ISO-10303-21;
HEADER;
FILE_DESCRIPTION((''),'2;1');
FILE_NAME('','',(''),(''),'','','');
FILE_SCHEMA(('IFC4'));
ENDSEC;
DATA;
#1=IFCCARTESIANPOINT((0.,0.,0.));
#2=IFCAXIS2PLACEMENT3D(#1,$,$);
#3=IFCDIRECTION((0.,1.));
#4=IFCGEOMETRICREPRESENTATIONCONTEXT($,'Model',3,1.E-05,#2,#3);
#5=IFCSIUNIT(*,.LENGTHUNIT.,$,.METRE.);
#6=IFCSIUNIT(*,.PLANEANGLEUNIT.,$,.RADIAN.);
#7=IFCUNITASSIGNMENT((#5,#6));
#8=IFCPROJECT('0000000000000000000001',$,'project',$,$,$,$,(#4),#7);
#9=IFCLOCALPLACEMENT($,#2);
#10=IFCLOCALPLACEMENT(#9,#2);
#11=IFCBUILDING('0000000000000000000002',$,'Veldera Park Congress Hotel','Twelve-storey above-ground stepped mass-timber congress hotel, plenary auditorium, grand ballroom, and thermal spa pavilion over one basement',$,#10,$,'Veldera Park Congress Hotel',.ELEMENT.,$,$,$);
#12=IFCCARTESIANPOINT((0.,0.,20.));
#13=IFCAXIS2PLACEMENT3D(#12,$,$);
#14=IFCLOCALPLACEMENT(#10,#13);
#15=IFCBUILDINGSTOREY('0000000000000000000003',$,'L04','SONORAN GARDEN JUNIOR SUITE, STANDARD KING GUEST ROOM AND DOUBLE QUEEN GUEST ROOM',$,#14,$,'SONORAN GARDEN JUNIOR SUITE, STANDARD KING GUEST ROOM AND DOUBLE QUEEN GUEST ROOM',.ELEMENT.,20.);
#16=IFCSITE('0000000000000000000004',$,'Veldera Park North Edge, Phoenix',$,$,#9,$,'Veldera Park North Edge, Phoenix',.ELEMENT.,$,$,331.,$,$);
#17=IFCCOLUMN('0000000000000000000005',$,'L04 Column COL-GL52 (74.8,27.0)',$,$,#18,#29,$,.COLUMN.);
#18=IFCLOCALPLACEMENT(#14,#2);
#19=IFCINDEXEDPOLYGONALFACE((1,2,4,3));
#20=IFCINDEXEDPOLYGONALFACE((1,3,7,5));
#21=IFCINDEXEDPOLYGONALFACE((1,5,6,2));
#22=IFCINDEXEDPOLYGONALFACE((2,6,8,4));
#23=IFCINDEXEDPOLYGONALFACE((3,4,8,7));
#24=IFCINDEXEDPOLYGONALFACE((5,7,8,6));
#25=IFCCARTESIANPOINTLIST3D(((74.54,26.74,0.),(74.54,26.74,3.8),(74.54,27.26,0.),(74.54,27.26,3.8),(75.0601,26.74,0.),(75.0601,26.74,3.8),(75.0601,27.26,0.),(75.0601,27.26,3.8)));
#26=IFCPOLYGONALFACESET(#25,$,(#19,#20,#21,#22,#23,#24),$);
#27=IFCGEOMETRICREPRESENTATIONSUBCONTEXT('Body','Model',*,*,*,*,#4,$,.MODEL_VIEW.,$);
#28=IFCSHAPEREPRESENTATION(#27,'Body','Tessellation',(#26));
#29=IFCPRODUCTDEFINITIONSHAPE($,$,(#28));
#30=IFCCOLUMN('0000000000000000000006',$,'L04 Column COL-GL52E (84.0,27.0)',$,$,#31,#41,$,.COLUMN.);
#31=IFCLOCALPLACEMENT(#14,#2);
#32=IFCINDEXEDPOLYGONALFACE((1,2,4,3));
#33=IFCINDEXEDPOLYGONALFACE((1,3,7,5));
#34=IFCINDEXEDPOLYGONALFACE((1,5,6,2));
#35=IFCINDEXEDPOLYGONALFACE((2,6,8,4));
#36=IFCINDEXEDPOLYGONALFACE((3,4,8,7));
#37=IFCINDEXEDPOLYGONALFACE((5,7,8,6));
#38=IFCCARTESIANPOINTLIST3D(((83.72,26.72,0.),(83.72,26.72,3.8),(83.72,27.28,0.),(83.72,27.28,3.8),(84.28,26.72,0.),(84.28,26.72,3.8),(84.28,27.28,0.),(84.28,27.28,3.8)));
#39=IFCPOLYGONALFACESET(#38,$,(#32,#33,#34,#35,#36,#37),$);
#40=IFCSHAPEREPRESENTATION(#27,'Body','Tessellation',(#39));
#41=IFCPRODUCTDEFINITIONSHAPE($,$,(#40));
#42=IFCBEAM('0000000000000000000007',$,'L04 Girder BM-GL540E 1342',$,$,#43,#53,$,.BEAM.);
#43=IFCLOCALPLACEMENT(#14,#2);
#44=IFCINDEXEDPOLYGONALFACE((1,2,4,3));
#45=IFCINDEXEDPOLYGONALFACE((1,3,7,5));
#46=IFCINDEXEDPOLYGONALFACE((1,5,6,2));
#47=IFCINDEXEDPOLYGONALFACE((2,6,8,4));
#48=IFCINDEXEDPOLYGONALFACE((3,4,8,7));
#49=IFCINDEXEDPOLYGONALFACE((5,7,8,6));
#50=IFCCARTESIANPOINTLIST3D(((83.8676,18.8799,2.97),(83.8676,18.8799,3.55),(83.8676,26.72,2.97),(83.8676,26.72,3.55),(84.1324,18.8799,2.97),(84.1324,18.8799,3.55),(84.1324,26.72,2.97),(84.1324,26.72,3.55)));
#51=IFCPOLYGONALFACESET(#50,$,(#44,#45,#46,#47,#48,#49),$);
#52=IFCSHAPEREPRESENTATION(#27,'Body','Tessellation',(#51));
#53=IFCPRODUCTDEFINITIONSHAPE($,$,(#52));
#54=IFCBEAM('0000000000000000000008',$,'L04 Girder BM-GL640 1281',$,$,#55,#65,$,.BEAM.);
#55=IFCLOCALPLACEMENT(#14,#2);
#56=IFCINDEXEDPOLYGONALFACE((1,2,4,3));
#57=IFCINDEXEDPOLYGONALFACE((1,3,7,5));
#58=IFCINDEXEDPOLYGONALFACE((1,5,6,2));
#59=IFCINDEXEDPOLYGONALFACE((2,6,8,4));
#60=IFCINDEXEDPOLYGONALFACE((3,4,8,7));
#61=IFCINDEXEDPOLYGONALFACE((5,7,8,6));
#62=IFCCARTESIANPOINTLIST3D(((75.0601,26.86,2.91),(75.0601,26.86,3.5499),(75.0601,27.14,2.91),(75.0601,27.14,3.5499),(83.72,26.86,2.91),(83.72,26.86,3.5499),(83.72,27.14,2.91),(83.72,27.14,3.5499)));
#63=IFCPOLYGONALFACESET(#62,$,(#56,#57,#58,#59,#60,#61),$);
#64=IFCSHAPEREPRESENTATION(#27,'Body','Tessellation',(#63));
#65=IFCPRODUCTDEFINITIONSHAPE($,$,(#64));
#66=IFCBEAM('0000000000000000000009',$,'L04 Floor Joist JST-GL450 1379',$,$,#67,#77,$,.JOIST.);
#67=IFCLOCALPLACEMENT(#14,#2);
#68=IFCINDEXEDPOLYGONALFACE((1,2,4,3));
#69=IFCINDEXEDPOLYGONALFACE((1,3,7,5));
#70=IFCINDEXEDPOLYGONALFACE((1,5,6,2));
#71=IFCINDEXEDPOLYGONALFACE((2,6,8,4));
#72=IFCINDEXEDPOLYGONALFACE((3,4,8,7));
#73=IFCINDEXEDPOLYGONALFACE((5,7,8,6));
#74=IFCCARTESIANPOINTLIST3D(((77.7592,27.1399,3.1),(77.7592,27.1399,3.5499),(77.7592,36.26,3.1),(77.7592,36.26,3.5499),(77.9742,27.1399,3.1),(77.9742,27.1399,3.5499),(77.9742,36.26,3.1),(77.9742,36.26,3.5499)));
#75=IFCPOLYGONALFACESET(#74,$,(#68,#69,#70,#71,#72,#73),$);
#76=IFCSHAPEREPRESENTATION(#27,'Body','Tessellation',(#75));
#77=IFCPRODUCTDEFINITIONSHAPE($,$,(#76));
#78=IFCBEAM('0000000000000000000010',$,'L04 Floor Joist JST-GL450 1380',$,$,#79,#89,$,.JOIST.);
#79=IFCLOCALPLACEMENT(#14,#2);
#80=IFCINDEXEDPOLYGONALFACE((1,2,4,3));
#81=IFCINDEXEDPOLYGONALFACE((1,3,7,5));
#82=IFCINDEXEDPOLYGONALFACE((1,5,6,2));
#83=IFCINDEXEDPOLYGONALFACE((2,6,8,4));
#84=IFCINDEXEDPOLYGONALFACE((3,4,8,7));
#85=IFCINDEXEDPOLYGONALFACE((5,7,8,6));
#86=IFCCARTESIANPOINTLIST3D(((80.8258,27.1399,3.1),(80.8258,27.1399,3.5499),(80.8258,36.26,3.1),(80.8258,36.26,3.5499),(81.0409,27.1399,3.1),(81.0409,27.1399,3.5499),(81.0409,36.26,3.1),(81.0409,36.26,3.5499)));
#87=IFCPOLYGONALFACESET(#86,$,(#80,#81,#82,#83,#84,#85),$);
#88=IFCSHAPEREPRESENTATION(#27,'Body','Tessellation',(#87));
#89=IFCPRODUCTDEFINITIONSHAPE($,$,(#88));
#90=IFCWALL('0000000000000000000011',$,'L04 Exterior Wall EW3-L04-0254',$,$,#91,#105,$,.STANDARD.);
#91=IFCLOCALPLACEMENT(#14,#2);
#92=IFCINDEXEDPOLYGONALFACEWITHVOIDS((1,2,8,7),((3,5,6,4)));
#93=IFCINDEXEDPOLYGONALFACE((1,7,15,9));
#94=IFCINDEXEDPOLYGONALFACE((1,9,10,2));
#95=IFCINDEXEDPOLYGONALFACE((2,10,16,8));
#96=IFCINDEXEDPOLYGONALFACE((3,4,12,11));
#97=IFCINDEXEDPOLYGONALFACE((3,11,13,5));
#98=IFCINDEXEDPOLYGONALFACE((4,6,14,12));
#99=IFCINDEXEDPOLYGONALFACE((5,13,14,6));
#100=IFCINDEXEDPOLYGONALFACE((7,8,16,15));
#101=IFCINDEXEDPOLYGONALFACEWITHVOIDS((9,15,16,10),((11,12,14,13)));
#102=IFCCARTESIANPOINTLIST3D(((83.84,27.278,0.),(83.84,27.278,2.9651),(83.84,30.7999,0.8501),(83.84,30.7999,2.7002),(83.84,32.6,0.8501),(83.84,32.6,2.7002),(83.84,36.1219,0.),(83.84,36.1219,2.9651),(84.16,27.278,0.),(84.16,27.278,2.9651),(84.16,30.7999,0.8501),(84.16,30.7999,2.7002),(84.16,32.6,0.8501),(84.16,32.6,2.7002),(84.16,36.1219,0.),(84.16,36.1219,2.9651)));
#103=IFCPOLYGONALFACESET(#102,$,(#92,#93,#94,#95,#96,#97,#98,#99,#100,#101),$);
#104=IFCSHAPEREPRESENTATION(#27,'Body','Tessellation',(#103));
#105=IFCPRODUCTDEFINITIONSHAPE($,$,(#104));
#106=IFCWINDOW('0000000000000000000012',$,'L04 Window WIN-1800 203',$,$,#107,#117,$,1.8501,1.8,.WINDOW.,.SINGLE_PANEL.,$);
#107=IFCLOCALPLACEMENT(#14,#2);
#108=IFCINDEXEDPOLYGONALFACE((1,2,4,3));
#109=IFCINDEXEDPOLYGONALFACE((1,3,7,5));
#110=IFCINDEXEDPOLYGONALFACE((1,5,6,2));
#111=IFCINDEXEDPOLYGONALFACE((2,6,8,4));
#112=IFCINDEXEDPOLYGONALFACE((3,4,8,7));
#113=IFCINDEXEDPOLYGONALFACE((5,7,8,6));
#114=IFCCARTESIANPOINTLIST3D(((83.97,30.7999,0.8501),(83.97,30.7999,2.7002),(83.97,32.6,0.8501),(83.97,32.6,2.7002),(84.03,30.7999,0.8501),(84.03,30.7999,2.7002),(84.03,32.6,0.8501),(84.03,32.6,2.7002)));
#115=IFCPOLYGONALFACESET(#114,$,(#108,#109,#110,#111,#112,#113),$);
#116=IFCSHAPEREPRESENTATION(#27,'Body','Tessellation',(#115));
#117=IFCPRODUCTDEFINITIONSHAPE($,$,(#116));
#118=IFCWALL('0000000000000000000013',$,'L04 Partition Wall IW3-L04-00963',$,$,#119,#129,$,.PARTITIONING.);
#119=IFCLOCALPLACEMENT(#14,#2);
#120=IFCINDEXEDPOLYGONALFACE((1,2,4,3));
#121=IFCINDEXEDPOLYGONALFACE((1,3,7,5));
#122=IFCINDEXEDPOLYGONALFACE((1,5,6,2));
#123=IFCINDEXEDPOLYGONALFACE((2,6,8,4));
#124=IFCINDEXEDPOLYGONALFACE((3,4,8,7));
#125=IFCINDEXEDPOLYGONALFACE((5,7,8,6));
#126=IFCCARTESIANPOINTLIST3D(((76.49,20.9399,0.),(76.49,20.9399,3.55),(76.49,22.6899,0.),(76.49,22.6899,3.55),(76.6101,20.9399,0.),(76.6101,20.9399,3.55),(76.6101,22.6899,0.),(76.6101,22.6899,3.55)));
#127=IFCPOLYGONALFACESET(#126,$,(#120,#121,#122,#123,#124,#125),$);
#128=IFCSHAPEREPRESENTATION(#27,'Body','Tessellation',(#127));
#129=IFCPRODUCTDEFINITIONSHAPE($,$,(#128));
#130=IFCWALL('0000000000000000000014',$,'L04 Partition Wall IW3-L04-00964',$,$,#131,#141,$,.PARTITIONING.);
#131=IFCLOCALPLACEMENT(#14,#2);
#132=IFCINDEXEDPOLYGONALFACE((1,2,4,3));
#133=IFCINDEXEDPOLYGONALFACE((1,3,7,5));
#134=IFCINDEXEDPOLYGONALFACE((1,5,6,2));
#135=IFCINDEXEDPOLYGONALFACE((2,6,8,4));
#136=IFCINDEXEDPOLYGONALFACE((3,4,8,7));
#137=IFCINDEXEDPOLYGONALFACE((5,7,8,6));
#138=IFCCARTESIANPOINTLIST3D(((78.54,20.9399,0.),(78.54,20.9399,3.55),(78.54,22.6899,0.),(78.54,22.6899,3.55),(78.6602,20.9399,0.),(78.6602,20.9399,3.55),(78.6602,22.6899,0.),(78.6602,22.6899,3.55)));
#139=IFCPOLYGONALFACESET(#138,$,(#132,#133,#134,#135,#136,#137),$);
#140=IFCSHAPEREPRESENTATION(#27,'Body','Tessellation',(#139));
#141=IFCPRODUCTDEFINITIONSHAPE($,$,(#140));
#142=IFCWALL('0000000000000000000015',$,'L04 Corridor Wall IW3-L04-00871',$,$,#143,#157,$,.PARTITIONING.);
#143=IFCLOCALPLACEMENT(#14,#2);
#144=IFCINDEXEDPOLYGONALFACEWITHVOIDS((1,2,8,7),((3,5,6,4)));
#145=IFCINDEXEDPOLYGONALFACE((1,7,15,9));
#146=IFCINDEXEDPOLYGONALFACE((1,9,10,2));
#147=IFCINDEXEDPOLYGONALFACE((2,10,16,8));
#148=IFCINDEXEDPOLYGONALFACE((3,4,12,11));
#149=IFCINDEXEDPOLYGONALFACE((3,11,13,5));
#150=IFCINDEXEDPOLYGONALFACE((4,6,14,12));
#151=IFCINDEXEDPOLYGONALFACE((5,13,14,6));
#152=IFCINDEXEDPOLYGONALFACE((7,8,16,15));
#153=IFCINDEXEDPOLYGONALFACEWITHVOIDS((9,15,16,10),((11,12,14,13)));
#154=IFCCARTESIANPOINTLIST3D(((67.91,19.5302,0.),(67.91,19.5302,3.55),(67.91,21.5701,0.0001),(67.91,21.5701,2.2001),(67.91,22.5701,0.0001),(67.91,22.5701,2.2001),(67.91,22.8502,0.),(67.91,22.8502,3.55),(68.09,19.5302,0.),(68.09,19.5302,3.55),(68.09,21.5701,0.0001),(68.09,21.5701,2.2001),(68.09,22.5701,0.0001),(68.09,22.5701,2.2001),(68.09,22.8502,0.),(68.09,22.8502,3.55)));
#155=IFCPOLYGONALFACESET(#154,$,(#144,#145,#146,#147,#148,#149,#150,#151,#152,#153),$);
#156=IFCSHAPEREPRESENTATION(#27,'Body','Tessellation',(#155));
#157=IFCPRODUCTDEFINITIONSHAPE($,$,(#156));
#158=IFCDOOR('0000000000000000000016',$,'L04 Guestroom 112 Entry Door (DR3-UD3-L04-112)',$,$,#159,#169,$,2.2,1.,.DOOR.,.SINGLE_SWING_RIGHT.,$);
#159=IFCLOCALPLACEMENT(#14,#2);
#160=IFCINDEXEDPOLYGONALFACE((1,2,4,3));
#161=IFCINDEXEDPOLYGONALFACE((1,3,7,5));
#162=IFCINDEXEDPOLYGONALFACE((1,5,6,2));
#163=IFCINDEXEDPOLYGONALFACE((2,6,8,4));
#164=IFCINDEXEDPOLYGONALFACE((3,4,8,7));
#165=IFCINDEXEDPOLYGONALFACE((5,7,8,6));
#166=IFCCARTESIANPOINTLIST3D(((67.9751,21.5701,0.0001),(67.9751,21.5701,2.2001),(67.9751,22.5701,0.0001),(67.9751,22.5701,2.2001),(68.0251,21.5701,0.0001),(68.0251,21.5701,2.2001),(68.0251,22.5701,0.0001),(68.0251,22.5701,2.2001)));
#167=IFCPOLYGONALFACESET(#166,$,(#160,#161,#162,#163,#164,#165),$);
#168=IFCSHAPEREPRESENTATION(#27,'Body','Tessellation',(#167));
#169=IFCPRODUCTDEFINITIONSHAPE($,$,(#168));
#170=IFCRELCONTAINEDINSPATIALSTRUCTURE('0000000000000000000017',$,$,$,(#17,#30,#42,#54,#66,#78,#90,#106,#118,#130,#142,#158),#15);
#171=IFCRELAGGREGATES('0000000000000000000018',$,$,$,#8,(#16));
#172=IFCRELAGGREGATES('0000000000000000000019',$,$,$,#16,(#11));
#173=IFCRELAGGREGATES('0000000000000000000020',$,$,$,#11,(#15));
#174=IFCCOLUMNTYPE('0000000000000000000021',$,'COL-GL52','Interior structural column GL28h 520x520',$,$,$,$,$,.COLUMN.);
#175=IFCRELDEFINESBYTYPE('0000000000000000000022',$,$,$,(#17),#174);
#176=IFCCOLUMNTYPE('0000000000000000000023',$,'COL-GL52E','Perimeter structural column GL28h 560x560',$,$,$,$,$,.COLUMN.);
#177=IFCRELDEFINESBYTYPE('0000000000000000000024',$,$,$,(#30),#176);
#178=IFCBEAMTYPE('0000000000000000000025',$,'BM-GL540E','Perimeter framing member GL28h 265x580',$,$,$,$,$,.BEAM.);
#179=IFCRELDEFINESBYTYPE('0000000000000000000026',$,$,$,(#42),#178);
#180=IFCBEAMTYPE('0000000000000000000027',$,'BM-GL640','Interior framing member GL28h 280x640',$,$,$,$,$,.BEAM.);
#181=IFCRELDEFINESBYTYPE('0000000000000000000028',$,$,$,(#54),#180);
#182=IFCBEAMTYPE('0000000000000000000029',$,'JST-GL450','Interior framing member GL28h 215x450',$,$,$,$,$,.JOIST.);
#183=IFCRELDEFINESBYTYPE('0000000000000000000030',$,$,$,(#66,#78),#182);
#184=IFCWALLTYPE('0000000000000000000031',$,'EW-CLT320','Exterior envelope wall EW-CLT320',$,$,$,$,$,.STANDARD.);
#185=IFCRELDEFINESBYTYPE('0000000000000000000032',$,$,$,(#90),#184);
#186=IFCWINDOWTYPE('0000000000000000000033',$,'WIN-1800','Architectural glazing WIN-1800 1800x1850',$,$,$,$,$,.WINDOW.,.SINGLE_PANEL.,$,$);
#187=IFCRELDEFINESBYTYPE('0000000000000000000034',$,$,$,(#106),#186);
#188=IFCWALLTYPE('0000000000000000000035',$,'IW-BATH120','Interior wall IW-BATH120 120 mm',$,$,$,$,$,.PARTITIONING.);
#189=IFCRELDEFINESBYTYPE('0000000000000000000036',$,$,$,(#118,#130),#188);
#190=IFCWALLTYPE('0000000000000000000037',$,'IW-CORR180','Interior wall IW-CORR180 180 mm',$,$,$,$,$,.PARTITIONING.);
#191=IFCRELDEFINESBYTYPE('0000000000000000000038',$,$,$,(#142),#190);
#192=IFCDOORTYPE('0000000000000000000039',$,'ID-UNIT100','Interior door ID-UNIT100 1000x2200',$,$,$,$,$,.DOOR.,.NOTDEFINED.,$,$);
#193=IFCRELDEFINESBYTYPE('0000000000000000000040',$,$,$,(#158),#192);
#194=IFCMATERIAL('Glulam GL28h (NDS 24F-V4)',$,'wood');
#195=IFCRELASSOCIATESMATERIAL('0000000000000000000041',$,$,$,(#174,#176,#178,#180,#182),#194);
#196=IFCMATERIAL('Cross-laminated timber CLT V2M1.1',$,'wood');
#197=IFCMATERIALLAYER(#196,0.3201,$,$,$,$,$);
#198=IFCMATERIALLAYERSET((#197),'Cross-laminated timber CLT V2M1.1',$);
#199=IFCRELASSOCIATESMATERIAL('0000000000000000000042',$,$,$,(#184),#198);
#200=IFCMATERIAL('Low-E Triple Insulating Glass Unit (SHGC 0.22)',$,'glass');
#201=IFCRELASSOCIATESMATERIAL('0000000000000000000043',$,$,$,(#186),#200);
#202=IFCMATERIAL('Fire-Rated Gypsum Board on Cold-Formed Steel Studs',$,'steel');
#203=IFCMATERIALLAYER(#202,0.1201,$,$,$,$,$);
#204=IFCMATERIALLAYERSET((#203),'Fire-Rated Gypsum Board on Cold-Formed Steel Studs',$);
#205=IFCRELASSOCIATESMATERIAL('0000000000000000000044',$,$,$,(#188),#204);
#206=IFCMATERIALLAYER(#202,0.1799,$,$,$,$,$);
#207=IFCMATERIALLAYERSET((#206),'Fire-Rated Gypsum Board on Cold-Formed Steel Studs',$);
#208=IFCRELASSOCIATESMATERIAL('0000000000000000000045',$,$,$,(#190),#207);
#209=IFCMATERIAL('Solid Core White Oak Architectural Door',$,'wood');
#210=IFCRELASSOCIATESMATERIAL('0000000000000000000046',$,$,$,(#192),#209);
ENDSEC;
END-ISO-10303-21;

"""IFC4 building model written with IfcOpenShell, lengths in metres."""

from ifc_helpers import new_model, si_unit, direction, frame, frame_2d, origin, origin_2d, place, context, subcontext, project, spatial, rectangle, extrude, material, layer, layer_set, material_profile, profile_set, type_object, element, fill, save


model = new_model("IFC4")

# Units and contexts
model_context = context("Model", 3, precision=1e-05, world=origin(), true_north=direction((0.0, 1.0)))
body_context = subcontext(model_context, "Body", "Model", "MODEL_VIEW")
ifc_project = project(units=[si_unit("LENGTHUNIT", "METRE"), si_unit("PLANEANGLEUNIT", "RADIAN")], contexts=[model_context])

# Site, building, storey
site_placement = place(None, origin())
site = spatial("IfcSite", under=ifc_project, at=site_placement, Name="Veldera Park North Edge, Phoenix", LongName="Veldera Park North Edge, Phoenix", CompositionType="ELEMENT", RefElevation=331.0)
building_placement = place(site_placement, origin())
building = spatial("IfcBuilding", under=site, at=building_placement, Name="Veldera Park Congress Hotel", Description="Twelve-storey above-ground stepped mass-timber congress hotel, plenary auditorium, grand ballroom, and thermal spa pavilion over one basement", LongName="Veldera Park Congress Hotel", CompositionType="ELEMENT")
storey_placement = place(building_placement, frame((0.0, 0.0, 20.0)))
storey = spatial("IfcBuildingStorey", under=building, at=storey_placement, Name="L04", Description="SONORAN GARDEN JUNIOR SUITE, STANDARD KING GUEST ROOM AND DOUBLE QUEEN GUEST ROOM", LongName="SONORAN GARDEN JUNIOR SUITE, STANDARD KING GUEST ROOM AND DOUBLE QUEEN GUEST ROOM", CompositionType="ELEMENT", Elevation=20.0)

# Columns
ifc_material_1 = material(Name="Glulam GL28h (NDS 24F-V4)", Category="wood")
ifc_material_profile_1 = material_profile(ifc_material_1, rectangle(XDim=0.52, YDim=0.52, at=origin_2d()), Name="GL28h 520x520")
ifc_profile_set_1 = profile_set([ifc_material_profile_1], Name="Glulam GL28h (NDS 24F-V4)")
column_type_1 = type_object("IfcColumnType", Name="COL-GL52", Description="Interior structural column GL28h 520x520", PredefinedType="COLUMN", material=ifc_profile_set_1)
column_1_placement = place(storey_placement, frame((74.8, 27.0, 0.0), z_axis=(0.0, 0.0, 1.0), x_axis=(1.0, 0.0, 0.0)))
element("IfcColumn", 1, at=column_1_placement, inside=storey, type_object=column_type_1, Name="L04 Column COL-GL52 (74.8,27.0)", PredefinedType="COLUMN", context=body_context, shape_type="SweptSolid", body=[
    extrude(rectangle(XDim=0.52, YDim=0.52, at=origin_2d()), origin(), (0.0, 0.0, 1.0), 3.8),
])
ifc_material_profile_2 = material_profile(ifc_material_1, rectangle(XDim=0.5601, YDim=0.5601, at=origin_2d()), Name="GL28h 560x560")
ifc_profile_set_2 = profile_set([ifc_material_profile_2], Name="Glulam GL28h (NDS 24F-V4)")
column_type_2 = type_object("IfcColumnType", Name="COL-GL52E", Description="Perimeter structural column GL28h 560x560", PredefinedType="COLUMN", material=ifc_profile_set_2)
column_2_placement = place(storey_placement, frame((84.0, 27.0, 0.0), z_axis=(0.0, 0.0, 1.0), x_axis=(1.0, 0.0, 0.0)))
element("IfcColumn", 2, at=column_2_placement, inside=storey, type_object=column_type_2, Name="L04 Column COL-GL52E (84.0,27.0)", PredefinedType="COLUMN", context=body_context, shape_type="SweptSolid", body=[
    extrude(rectangle(XDim=0.5601, YDim=0.5601, at=origin_2d()), origin(), (0.0, 0.0, 1.0), 3.8),
])

# Beams
ifc_material_profile_3 = material_profile(ifc_material_1, rectangle(XDim=0.2649, YDim=0.5801, at=origin_2d()), Name="GL28h 265x580")
ifc_profile_set_3 = profile_set([ifc_material_profile_3], Name="Glulam GL28h (NDS 24F-V4)")
beam_type_1 = type_object("IfcBeamType", Name="BM-GL540E", Description="Perimeter framing member GL28h 265x580", PredefinedType="BEAM", material=ifc_profile_set_3)
beam_1_placement = place(storey_placement, frame((84.0, 18.8799, 3.26), z_axis=(0.0, 1.0, 0.0), x_axis=(-1.0, 0.0, 0.0)))
element("IfcBeam", 3, at=beam_1_placement, inside=storey, type_object=beam_type_1, Name="L04 Girder BM-GL540E 1342", PredefinedType="BEAM", context=body_context, shape_type="SweptSolid", body=[
    extrude(rectangle(XDim=0.2649, YDim=0.5801, at=origin_2d()), origin(), (0.0, 0.0, 1.0), 7.8401),
])
ifc_material_profile_4 = material_profile(ifc_material_1, rectangle(XDim=0.28, YDim=0.6399, at=origin_2d()), Name="GL28h 280x640")
ifc_profile_set_4 = profile_set([ifc_material_profile_4], Name="Glulam GL28h (NDS 24F-V4)")
beam_type_2 = type_object("IfcBeamType", Name="BM-GL640", Description="Interior framing member GL28h 280x640", PredefinedType="BEAM", material=ifc_profile_set_4)
beam_2_placement = place(storey_placement, frame((75.0601, 27.0, 3.23), z_axis=(1.0, 0.0, 0.0), x_axis=(0.0, 1.0, 0.0)))
element("IfcBeam", 4, at=beam_2_placement, inside=storey, type_object=beam_type_2, Name="L04 Girder BM-GL640 1281", PredefinedType="BEAM", context=body_context, shape_type="SweptSolid", body=[
    extrude(rectangle(XDim=0.28, YDim=0.6399, at=origin_2d()), origin(), (0.0, 0.0, 1.0), 8.6599),
])
ifc_material_profile_5 = material_profile(ifc_material_1, rectangle(XDim=0.2151, YDim=0.45, at=origin_2d()), Name="GL28h 215x450")
ifc_profile_set_5 = profile_set([ifc_material_profile_5], Name="Glulam GL28h (NDS 24F-V4)")
beam_type_3 = type_object("IfcBeamType", Name="JST-GL450", Description="Interior framing member GL28h 215x450", PredefinedType="JOIST", material=ifc_profile_set_5)
for number, where, z_axis, x_axis, name in (
    (5, (77.8667, 27.1399, 3.325), (0.0, 1.0, 0.0), (-1.0, 0.0, 0.0), "L04 Floor Joist JST-GL450 1379"),
    (6, (80.9333, 27.1399, 3.325), (0.0, 1.0, 0.0), (-1.0, 0.0, 0.0), "L04 Floor Joist JST-GL450 1380"),
):
    element("IfcBeam", number, at=place(storey_placement, frame(where, z_axis=z_axis, x_axis=x_axis)), inside=storey, type_object=beam_type_3, Name=name, PredefinedType="JOIST", context=body_context, shape_type="SweptSolid", body=[
        extrude(rectangle(XDim=0.2151, YDim=0.45, at=origin_2d()), origin(), (0.0, 0.0, 1.0), 9.1201),
    ])

# Wall, opening, window
ifc_material_2 = material(Name="Cross-laminated timber CLT V2M1.1", Category="wood")
ifc_layer_1 = layer(ifc_material_2, 0.3201)
ifc_layer_set_1 = layer_set([ifc_layer_1], Name="Cross-laminated timber CLT V2M1.1")
wall_type_1 = type_object("IfcWallType", Name="EW-CLT320", Description="Exterior envelope wall EW-CLT320", PredefinedType="STANDARD", material=ifc_layer_set_1)
wall_1_placement = place(storey_placement, frame((84.0, 27.2781, 0.0), z_axis=(0.0, 0.0, 1.0), x_axis=(0.0, 1.0, 0.0)))
wall_1 = element("IfcWall", 7, at=wall_1_placement, inside=storey, type_object=wall_type_1, Name="L04 Exterior Wall EW3-L04-0254", PredefinedType="STANDARD", context=body_context, shape_type="SweptSolid", body=[
    extrude(rectangle(XDim=8.844, YDim=0.3201, at=frame_2d((4.4219, 0.0))), origin(), (0.0, 0.0, 1.0), 2.9651),
])
opening_1_placement = place(wall_1_placement, frame((3.522, 0.0, 0.8501)))
opening_1 = element("IfcOpeningElement", 8, at=opening_1_placement, cuts=wall_1, PredefinedType="OPENING", context=body_context, shape_type="SweptSolid", body=[
    extrude(rectangle(XDim=1.8, YDim=1.8501, at=frame_2d((0.8999, 0.925))), frame((0.0, 0.1721, 0.0), z_axis=(0.0, -1.0, 0.0), x_axis=(1.0, 0.0, 0.0)), (0.0, 0.0, 1.0), 0.344),
])
ifc_material_3 = material(Name="Low-E Triple Insulating Glass Unit (SHGC 0.22)", Category="glass")
window_type = type_object("IfcWindowType", Name="WIN-1800", Description="Architectural glazing WIN-1800 1800x1850", PartitioningType="SINGLE_PANEL", PredefinedType="WINDOW", material=ifc_material_3)
window_placement = place(opening_1_placement, origin())
window = element("IfcWindow", 9, at=window_placement, inside=storey, type_object=window_type, Name="L04 Window WIN-1800 203", OverallHeight=1.8501, OverallWidth=1.8, PartitioningType="SINGLE_PANEL", PredefinedType="WINDOW", context=body_context, shape_type="SweptSolid", body=[
    extrude(rectangle(XDim=1.8, YDim=1.8501, at=frame_2d((0.8999, 0.925))), frame((0.0, 0.03, 0.0), z_axis=(0.0, -1.0, 0.0), x_axis=(1.0, 0.0, 0.0)), (0.0, 0.0, 1.0), 0.0601),
])
fill(opening_1, window)

# Shared definitions
ifc_material_4 = material(Name="Fire-Rated Gypsum Board on Cold-Formed Steel Studs", Category="steel")
ifc_layer_2 = layer(ifc_material_4, 0.1201)
ifc_layer_set_2 = layer_set([ifc_layer_2], Name="Fire-Rated Gypsum Board on Cold-Formed Steel Studs")
wall_type_2 = type_object("IfcWallType", Name="IW-BATH120", Description="Interior wall IW-BATH120 120 mm", PredefinedType="PARTITIONING", material=ifc_layer_set_2)
ifc_material_5 = material(Name="Solid Core White Oak Architectural Door", Category="wood")

# Walls
for number, where, z_axis, x_axis, name in (
    (10, (76.55, 20.9399, 0.0), (0.0, 0.0, 1.0), (0.0, 1.0, 0.0), "L04 Partition Wall IW3-L04-00963"),
    (11, (78.6001, 20.9399, 0.0), (0.0, 0.0, 1.0), (0.0, 1.0, 0.0), "L04 Partition Wall IW3-L04-00964"),
):
    element("IfcWall", number, at=place(storey_placement, frame(where, z_axis=z_axis, x_axis=x_axis)), inside=storey, type_object=wall_type_2, Name=name, PredefinedType="PARTITIONING", context=body_context, shape_type="SweptSolid", body=[
        extrude(rectangle(XDim=1.75, YDim=0.1201, at=frame_2d((0.875, 0.0))), origin(), (0.0, 0.0, 1.0), 3.55),
    ])

# Wall, opening, door
ifc_layer_3 = layer(ifc_material_4, 0.1799)
ifc_layer_set_3 = layer_set([ifc_layer_3], Name="Fire-Rated Gypsum Board on Cold-Formed Steel Studs")
wall_type_3 = type_object("IfcWallType", Name="IW-CORR180", Description="Interior wall IW-CORR180 180 mm", PredefinedType="PARTITIONING", material=ifc_layer_set_3)
wall_2_placement = place(storey_placement, frame((68.0, 19.53, 0.0), z_axis=(0.0, 0.0, 1.0), x_axis=(0.0, 1.0, 0.0)))
wall_2 = element("IfcWall", 12, at=wall_2_placement, inside=storey, type_object=wall_type_3, Name="L04 Corridor Wall IW3-L04-00871", PredefinedType="PARTITIONING", context=body_context, shape_type="SweptSolid", body=[
    extrude(rectangle(XDim=3.3201, YDim=0.1799, at=frame_2d((1.6602, 0.0))), origin(), (0.0, 0.0, 1.0), 3.55),
])
opening_2_placement = place(wall_2_placement, frame((2.04, 0.0, 0.0)))
opening_2 = element("IfcOpeningElement", 13, at=opening_2_placement, cuts=wall_2, PredefinedType="OPENING", context=body_context, shape_type="SweptSolid", body=[
    extrude(rectangle(XDim=1.0, YDim=2.2, at=frame_2d((0.5, 1.1001))), frame((0.0, 0.1021, 0.0), z_axis=(0.0, -1.0, 0.0), x_axis=(1.0, 0.0, 0.0)), (0.0, 0.0, 1.0), 0.2039),
])
door_type_1 = type_object("IfcDoorType", Name="ID-UNIT100", Description="Interior door ID-UNIT100 1000x2200", OperationType="NOTDEFINED", PredefinedType="DOOR", material=ifc_material_5)
door_1_placement = place(opening_2_placement, origin())
door_1 = element("IfcDoor", 14, at=door_1_placement, inside=storey, type_object=door_type_1, Name="L04 Guestroom 112 Entry Door (DR3-UD3-L04-112)", OperationType="SINGLE_SWING_RIGHT", OverallHeight=2.2, OverallWidth=1.0, PredefinedType="DOOR", context=body_context, shape_type="SweptSolid", body=[
    extrude(rectangle(XDim=1.0, YDim=2.2, at=frame_2d((0.5, 1.1001))), frame((0.0, 0.0249, 0.0), z_axis=(0.0, -1.0, 0.0), x_axis=(1.0, 0.0, 0.0)), (0.0, 0.0, 1.0), 0.05),
])
fill(opening_2, door_1)

save(model, "model.ifc")
